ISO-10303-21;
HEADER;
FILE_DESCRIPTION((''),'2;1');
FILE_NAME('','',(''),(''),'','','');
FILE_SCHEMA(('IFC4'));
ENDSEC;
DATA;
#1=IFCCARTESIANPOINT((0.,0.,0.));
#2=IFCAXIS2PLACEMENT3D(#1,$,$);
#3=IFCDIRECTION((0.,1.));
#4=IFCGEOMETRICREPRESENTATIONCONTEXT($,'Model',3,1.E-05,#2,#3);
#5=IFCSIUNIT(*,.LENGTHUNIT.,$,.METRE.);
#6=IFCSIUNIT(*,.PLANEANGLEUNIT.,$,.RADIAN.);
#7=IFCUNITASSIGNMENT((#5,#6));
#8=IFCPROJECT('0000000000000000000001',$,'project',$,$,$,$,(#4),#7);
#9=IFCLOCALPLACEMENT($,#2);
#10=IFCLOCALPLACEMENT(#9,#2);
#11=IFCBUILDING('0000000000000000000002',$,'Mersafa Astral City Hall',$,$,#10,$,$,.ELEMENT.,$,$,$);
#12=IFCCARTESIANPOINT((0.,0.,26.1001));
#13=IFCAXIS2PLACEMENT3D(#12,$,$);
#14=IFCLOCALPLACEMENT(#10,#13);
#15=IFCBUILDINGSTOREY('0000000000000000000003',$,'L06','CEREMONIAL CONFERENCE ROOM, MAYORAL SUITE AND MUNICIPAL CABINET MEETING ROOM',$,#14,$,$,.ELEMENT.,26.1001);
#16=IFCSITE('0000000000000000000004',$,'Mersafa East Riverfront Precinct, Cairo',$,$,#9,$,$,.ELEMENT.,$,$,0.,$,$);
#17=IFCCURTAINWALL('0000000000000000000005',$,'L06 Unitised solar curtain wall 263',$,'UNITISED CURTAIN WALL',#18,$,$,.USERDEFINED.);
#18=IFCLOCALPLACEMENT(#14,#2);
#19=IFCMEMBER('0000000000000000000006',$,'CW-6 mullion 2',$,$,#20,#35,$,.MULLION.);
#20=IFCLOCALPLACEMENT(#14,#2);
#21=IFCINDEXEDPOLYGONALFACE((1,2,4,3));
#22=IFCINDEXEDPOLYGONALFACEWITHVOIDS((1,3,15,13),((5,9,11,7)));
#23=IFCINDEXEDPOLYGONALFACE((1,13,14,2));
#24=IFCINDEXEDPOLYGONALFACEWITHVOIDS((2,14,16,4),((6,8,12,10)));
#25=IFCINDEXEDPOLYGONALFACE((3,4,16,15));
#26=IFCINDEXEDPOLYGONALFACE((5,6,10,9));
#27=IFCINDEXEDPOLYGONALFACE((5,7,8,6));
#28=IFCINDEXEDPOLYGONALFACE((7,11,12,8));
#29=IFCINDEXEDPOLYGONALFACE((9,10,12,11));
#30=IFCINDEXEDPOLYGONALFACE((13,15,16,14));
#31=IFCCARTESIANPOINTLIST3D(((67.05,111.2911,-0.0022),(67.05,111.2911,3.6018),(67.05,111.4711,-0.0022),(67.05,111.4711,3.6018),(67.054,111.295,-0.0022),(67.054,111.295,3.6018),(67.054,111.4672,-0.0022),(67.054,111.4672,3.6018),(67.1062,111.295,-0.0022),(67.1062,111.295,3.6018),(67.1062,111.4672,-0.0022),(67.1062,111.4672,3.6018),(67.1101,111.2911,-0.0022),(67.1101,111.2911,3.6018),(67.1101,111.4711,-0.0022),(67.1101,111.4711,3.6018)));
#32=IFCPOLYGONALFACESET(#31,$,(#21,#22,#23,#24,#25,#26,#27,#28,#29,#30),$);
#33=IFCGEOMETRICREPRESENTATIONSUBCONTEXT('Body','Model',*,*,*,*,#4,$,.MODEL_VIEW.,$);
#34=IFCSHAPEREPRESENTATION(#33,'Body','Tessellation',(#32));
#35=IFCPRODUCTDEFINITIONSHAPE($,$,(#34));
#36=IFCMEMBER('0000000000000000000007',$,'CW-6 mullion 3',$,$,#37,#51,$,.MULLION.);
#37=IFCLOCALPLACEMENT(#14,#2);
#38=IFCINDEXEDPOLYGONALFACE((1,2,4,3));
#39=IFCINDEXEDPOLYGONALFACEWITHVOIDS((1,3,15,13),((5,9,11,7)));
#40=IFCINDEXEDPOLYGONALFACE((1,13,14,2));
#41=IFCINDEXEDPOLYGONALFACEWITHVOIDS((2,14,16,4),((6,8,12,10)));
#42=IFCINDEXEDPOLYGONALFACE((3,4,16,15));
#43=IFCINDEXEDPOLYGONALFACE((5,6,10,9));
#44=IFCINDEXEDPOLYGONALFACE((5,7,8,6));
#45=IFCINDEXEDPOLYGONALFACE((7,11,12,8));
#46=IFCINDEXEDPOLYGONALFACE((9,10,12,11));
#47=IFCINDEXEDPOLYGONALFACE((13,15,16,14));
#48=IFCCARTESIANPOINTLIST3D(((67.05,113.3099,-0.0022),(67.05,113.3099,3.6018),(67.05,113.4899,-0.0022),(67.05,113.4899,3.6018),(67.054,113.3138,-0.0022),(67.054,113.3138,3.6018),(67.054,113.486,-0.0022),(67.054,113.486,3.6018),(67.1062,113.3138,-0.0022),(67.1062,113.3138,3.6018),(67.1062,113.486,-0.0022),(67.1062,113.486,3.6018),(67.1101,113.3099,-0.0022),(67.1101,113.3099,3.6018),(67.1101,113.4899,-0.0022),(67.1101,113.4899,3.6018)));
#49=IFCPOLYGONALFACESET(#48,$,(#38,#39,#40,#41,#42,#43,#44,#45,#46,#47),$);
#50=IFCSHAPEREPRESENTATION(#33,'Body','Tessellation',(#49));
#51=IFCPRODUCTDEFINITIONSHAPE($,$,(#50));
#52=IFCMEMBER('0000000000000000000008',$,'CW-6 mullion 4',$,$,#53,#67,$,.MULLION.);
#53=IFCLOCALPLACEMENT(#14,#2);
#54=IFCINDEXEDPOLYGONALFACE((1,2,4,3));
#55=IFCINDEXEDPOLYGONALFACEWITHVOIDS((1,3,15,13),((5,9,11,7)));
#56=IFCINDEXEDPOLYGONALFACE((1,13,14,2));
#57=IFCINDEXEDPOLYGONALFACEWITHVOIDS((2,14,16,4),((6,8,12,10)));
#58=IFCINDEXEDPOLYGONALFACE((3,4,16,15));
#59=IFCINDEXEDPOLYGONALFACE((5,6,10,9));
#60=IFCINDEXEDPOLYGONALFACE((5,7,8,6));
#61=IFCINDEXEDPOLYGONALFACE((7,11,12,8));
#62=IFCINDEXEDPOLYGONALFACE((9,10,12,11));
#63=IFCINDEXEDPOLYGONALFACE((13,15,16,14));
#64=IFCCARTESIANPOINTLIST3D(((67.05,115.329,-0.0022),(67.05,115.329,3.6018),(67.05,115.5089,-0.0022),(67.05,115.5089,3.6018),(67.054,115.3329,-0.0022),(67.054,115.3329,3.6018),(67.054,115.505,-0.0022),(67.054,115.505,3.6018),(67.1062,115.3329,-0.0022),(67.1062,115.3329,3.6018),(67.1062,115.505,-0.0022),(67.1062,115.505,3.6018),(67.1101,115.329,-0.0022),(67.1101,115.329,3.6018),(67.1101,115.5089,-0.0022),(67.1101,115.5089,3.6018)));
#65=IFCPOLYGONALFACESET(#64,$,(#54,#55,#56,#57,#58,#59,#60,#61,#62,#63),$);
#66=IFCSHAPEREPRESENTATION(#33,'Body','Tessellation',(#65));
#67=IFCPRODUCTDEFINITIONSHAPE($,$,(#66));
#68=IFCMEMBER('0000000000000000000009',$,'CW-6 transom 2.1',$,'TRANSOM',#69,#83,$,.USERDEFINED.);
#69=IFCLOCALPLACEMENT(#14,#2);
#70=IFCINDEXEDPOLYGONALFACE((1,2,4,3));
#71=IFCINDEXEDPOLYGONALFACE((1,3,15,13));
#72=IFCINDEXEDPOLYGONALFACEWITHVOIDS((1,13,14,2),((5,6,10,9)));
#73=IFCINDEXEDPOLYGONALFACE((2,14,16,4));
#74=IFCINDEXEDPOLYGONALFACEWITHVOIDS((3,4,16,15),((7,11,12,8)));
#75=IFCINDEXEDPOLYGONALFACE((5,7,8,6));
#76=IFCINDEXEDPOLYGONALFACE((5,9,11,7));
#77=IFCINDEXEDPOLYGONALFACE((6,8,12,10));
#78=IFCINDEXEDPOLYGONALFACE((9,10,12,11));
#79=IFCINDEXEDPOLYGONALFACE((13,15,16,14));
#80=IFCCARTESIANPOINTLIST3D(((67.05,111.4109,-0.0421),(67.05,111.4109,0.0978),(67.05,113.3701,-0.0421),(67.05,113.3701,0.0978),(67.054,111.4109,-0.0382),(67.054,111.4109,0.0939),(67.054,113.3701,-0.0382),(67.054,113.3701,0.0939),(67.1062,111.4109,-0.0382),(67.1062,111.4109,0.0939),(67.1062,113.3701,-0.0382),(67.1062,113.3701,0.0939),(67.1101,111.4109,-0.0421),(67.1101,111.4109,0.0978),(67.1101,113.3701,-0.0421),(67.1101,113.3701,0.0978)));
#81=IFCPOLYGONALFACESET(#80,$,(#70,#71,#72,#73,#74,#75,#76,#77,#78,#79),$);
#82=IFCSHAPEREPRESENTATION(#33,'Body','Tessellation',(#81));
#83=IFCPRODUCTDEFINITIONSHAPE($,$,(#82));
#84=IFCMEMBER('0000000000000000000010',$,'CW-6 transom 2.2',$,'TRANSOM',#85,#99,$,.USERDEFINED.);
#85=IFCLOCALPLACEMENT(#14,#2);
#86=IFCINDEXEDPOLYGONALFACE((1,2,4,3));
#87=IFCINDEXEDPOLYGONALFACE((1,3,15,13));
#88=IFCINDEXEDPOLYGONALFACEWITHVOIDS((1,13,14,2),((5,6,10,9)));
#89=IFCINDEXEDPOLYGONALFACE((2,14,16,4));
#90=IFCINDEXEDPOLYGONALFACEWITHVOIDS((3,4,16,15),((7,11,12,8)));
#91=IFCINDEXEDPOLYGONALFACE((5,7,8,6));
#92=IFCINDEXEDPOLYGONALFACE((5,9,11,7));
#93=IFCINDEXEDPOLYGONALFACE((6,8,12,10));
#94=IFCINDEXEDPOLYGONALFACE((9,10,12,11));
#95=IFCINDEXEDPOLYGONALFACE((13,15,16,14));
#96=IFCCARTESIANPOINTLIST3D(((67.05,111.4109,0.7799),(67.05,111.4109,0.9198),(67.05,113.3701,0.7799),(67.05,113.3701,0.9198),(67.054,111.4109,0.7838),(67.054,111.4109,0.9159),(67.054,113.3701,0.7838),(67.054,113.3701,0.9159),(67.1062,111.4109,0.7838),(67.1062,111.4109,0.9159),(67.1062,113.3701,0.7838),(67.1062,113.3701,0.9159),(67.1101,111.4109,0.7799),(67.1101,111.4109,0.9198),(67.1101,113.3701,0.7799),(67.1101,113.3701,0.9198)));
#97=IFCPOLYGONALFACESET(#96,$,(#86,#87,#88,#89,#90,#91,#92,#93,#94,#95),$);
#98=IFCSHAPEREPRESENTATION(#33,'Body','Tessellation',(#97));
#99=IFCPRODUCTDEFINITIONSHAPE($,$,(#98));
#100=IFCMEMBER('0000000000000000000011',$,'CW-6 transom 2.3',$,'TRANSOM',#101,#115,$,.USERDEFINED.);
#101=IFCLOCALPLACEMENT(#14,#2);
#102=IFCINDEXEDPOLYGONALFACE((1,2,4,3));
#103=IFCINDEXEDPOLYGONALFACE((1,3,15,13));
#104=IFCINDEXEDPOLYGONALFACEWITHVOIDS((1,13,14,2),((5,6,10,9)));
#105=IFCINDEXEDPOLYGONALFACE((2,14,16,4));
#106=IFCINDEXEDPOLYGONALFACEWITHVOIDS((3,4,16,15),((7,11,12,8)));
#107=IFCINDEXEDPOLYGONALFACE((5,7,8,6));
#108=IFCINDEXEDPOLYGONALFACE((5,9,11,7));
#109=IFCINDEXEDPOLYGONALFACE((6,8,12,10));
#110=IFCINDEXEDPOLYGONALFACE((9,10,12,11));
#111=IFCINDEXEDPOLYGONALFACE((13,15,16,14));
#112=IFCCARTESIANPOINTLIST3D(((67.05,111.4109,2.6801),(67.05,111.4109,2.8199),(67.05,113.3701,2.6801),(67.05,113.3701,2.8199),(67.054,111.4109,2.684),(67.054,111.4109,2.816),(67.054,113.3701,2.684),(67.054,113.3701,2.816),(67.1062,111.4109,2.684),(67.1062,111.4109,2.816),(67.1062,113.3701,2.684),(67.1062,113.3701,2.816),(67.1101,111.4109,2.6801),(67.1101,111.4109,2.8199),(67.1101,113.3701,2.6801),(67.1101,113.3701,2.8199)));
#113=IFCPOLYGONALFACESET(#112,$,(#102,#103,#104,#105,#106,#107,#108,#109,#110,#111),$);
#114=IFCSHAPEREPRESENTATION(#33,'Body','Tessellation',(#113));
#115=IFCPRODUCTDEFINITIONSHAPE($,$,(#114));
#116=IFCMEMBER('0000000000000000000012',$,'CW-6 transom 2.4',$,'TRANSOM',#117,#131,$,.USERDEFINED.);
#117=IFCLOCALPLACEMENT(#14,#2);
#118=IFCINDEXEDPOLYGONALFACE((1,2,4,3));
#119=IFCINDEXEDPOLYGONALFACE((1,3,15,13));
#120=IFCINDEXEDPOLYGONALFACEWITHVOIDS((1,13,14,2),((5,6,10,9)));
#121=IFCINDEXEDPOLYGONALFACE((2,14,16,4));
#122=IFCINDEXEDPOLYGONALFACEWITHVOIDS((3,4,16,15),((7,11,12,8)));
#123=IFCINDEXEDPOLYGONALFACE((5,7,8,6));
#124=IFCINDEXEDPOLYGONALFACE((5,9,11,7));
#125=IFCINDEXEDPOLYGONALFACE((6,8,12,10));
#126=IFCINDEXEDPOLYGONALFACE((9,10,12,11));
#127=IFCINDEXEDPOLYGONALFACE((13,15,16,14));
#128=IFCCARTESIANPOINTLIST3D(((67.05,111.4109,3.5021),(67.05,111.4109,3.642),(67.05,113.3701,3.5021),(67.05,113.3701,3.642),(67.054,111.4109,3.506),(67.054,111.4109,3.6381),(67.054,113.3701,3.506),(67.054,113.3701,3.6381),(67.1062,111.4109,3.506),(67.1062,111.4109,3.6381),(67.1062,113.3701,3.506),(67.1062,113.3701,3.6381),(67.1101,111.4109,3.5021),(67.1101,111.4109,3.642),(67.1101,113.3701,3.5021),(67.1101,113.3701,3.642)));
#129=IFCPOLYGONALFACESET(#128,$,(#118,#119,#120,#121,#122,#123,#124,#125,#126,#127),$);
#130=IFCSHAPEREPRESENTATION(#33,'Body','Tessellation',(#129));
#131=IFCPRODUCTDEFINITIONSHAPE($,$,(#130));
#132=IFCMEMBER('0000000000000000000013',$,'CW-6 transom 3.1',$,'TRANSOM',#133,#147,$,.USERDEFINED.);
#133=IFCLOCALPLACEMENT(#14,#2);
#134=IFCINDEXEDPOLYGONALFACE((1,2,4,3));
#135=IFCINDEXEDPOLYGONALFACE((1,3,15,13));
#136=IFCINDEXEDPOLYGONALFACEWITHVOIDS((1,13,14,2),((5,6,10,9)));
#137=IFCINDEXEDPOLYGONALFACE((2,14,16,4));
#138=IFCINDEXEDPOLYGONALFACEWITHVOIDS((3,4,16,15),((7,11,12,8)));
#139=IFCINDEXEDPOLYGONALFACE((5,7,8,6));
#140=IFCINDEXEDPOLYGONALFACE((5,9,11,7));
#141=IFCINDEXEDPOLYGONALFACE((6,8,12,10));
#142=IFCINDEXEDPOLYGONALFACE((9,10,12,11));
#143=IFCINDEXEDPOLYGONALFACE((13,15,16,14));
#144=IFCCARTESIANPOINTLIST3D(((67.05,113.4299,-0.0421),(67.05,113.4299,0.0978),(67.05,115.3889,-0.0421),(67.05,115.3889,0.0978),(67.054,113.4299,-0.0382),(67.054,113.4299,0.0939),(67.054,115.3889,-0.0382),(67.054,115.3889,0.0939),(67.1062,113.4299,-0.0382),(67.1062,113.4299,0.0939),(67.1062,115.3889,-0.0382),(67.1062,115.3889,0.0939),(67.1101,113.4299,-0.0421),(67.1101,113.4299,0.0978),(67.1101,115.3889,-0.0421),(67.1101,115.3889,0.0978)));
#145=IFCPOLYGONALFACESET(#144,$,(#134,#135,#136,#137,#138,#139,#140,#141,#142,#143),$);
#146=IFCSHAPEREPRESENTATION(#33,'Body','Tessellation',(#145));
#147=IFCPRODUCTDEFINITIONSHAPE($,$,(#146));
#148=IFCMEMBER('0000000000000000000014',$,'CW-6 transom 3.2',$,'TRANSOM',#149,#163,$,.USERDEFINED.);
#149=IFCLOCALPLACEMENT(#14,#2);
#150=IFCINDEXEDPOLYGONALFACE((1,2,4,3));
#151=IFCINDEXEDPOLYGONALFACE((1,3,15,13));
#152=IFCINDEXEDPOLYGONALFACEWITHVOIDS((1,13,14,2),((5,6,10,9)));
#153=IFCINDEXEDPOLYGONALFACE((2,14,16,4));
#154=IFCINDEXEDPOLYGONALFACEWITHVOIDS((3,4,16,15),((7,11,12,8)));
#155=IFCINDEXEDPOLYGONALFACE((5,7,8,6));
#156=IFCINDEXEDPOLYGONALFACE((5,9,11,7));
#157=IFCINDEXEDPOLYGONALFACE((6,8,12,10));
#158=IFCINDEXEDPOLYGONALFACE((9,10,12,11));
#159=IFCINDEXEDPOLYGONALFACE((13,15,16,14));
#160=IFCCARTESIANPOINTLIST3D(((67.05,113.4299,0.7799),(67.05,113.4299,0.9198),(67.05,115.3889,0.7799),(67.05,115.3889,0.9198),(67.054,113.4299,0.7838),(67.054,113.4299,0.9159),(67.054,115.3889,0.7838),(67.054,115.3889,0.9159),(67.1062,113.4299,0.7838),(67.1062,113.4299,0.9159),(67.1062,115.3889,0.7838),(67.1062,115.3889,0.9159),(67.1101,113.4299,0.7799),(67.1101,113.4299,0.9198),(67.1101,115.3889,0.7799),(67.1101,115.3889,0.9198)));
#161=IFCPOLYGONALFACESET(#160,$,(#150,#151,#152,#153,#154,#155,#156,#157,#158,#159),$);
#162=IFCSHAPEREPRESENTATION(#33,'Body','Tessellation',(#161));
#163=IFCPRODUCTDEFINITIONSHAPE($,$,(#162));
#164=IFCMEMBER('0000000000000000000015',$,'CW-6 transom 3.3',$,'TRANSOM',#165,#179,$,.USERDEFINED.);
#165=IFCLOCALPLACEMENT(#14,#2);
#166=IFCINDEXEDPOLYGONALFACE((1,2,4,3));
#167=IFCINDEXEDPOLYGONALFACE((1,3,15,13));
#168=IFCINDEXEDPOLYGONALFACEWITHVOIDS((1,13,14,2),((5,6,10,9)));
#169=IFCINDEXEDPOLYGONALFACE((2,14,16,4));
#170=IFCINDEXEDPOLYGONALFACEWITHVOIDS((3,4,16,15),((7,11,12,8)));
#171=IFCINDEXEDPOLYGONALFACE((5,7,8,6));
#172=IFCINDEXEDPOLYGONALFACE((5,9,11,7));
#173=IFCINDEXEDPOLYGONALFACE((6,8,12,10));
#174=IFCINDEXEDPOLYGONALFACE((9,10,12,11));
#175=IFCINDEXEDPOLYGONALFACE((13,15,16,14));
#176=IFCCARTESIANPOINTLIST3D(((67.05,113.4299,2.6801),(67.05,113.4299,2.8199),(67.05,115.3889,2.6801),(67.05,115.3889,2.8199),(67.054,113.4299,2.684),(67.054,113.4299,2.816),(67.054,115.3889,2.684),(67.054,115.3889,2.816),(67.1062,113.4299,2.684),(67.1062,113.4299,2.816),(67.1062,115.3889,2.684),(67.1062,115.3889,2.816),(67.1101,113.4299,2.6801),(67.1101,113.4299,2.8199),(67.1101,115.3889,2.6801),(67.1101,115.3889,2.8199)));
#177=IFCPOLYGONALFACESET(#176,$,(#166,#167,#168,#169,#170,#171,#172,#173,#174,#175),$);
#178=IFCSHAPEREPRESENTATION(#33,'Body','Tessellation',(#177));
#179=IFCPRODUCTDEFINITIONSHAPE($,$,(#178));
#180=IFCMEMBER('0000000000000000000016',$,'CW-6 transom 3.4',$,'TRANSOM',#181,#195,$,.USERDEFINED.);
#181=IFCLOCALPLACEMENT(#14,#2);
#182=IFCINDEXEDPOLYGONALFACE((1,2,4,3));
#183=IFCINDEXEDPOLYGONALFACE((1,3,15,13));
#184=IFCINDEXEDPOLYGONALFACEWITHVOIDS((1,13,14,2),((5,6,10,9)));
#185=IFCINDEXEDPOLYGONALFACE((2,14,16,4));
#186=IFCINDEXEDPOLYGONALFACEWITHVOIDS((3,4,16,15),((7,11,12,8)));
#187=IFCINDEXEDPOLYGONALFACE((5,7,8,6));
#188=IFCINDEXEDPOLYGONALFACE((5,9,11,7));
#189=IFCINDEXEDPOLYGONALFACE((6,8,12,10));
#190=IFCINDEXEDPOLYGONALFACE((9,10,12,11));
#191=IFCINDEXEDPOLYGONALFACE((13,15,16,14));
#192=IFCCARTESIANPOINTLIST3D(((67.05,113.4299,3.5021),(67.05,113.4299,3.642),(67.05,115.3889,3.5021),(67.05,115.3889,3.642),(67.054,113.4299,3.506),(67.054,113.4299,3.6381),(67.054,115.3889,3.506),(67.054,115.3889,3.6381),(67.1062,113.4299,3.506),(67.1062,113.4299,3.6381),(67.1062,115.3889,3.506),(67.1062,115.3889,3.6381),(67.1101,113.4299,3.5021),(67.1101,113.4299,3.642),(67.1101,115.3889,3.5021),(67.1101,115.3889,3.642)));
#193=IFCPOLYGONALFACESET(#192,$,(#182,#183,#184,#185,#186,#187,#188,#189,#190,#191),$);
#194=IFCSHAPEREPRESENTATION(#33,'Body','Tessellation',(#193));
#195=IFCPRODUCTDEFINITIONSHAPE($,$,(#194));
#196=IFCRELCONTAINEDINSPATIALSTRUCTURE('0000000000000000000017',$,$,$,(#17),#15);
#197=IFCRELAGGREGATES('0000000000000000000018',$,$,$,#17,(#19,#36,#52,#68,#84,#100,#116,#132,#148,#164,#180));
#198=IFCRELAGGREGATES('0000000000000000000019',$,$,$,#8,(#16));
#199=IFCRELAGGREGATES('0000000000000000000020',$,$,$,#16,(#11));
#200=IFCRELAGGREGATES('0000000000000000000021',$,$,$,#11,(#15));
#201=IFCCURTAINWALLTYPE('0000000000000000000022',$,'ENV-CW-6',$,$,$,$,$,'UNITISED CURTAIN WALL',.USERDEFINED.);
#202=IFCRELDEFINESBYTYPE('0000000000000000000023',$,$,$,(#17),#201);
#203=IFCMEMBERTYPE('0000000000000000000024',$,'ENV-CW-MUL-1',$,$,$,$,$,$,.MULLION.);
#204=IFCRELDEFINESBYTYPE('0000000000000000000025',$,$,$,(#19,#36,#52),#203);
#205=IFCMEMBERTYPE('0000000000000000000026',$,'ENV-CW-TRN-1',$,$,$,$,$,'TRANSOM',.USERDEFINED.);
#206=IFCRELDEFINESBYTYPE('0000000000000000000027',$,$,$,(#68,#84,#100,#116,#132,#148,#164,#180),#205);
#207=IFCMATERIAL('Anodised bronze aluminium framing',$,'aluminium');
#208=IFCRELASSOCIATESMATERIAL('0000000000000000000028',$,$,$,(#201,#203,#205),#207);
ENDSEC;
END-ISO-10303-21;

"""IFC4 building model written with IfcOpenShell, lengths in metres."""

from ifc_helpers import new_model, si_unit, direction, frame, origin, origin_2d, place, context, subcontext, project, spatial, hollow_rectangle, extrude, material, material_profile, profile_set, type_object, element, aggregate, save


model = new_model("IFC4")

# Units and contexts
model_context = context("Model", 3, precision=1e-05, world=origin(), true_north=direction((0.0, 1.0)))
body_context = subcontext(model_context, "Body", "Model", "MODEL_VIEW")
ifc_project = project(units=[si_unit("LENGTHUNIT", "METRE"), si_unit("PLANEANGLEUNIT", "RADIAN")], contexts=[model_context])

# Site, building, storey
site_placement = place(None, origin())
site = spatial("IfcSite", under=ifc_project, at=site_placement, Name="Mersafa East Riverfront Precinct, Cairo", CompositionType="ELEMENT", RefElevation=0.0)
building_placement = place(site_placement, origin())
building = spatial("IfcBuilding", under=site, at=building_placement, Name="Mersafa Astral City Hall", CompositionType="ELEMENT")
storey_placement = place(building_placement, frame((0.0, 0.0, 26.1001)))
storey = spatial("IfcBuildingStorey", under=building, at=storey_placement, Name="L06", Description="CEREMONIAL CONFERENCE ROOM, MAYORAL SUITE AND MUNICIPAL CABINET MEETING ROOM", CompositionType="ELEMENT", Elevation=26.1001)

# Curtain wall, members
ifc_material_1 = material(Name="Anodised bronze aluminium framing", Category="aluminium")
curtain_wall_type = type_object("IfcCurtainWallType", Name="ENV-CW-6", ElementType="UNITISED CURTAIN WALL", PredefinedType="USERDEFINED", material=ifc_material_1)
curtain_wall_placement = place(storey_placement, origin())
curtain_wall = element("IfcCurtainWall", 1, at=curtain_wall_placement, inside=storey, type_object=curtain_wall_type, Name="L06 Unitised solar curtain wall 263", ObjectType="UNITISED CURTAIN WALL", PredefinedType="USERDEFINED")
ifc_material_profile_1 = material_profile(ifc_material_1, hollow_rectangle(XDim=0.0601, YDim=0.1799, WallThickness=0.0039, at=origin_2d()), Name="RHS 60x180x4")
ifc_profile_set_1 = profile_set([ifc_material_profile_1], Name="Anodised bronze aluminium framing")
member_type_1 = type_object("IfcMemberType", Name="ENV-CW-MUL-1", PredefinedType="MULLION", material=ifc_profile_set_1)
member_1_placement = place(storey_placement, frame((67.0801, 111.3811, -0.0022), z_axis=(0.0, 0.0, 1.0), x_axis=(-1.0, 0.0, 0.0)))
member_1 = element("IfcMember", 2, at=member_1_placement, type_object=member_type_1, Name="CW-6 mullion 2", PredefinedType="MULLION", context=body_context, shape_type="SweptSolid", body=[
    extrude(hollow_rectangle(XDim=0.0601, YDim=0.1799, WallThickness=0.0039, at=origin_2d()), origin(), (0.0, 0.0, 1.0), 3.604),
])
member_2_placement = place(storey_placement, frame((67.0801, 113.3999, -0.0022), z_axis=(0.0, 0.0, 1.0), x_axis=(-1.0, 0.0, 0.0)))
member_2 = element("IfcMember", 3, at=member_2_placement, type_object=member_type_1, Name="CW-6 mullion 3", PredefinedType="MULLION", context=body_context, shape_type="SweptSolid", body=[
    extrude(hollow_rectangle(XDim=0.0601, YDim=0.1799, WallThickness=0.0039, at=origin_2d()), origin(), (0.0, 0.0, 1.0), 3.604),
])
member_3_placement = place(storey_placement, frame((67.0801, 115.4189, -0.0022), z_axis=(0.0, 0.0, 1.0), x_axis=(-1.0, 0.0, 0.0)))
member_3 = element("IfcMember", 4, at=member_3_placement, type_object=member_type_1, Name="CW-6 mullion 4", PredefinedType="MULLION", context=body_context, shape_type="SweptSolid", body=[
    extrude(hollow_rectangle(XDim=0.0601, YDim=0.1799, WallThickness=0.0039, at=origin_2d()), origin(), (0.0, 0.0, 1.0), 3.604),
])
ifc_material_profile_2 = material_profile(ifc_material_1, hollow_rectangle(XDim=0.0601, YDim=0.1399, WallThickness=0.0039, at=origin_2d()), Name="RHS 60x140x4")
ifc_profile_set_2 = profile_set([ifc_material_profile_2], Name="Anodised bronze aluminium framing")
member_type_2 = type_object("IfcMemberType", Name="ENV-CW-TRN-1", ElementType="TRANSOM", PredefinedType="USERDEFINED", material=ifc_profile_set_2)
member_4_placement = place(storey_placement, frame((67.0801, 111.4109, 0.0278), z_axis=(0.0, 1.0, 0.0), x_axis=(-1.0, 0.0, 0.0)))
member_4 = element("IfcMember", 5, at=member_4_placement, type_object=member_type_2, Name="CW-6 transom 2.1", ObjectType="TRANSOM", PredefinedType="USERDEFINED", context=body_context, shape_type="SweptSolid", body=[
    extrude(hollow_rectangle(XDim=0.0601, YDim=0.1399, WallThickness=0.0039, at=origin_2d()), origin(), (0.0, 0.0, 1.0), 1.9592),
])
member_5_placement = place(storey_placement, frame((67.0801, 111.4109, 0.8499), z_axis=(0.0, 1.0, 0.0), x_axis=(-1.0, 0.0, 0.0)))
member_5 = element("IfcMember", 6, at=member_5_placement, type_object=member_type_2, Name="CW-6 transom 2.2", ObjectType="TRANSOM", PredefinedType="USERDEFINED", context=body_context, shape_type="SweptSolid", body=[
    extrude(hollow_rectangle(XDim=0.0601, YDim=0.1399, WallThickness=0.0039, at=origin_2d()), origin(), (0.0, 0.0, 1.0), 1.9592),
])
member_6_placement = place(storey_placement, frame((67.0801, 111.4109, 2.75), z_axis=(0.0, 1.0, 0.0), x_axis=(-1.0, 0.0, 0.0)))
member_6 = element("IfcMember", 7, at=member_6_placement, type_object=member_type_2, Name="CW-6 transom 2.3", ObjectType="TRANSOM", PredefinedType="USERDEFINED", context=body_context, shape_type="SweptSolid", body=[
    extrude(hollow_rectangle(XDim=0.0601, YDim=0.1399, WallThickness=0.0039, at=origin_2d()), origin(), (0.0, 0.0, 1.0), 1.9592),
])
member_7_placement = place(storey_placement, frame((67.0801, 111.4109, 3.572), z_axis=(0.0, 1.0, 0.0), x_axis=(-1.0, 0.0, 0.0)))
member_7 = element("IfcMember", 8, at=member_7_placement, type_object=member_type_2, Name="CW-6 transom 2.4", ObjectType="TRANSOM", PredefinedType="USERDEFINED", context=body_context, shape_type="SweptSolid", body=[
    extrude(hollow_rectangle(XDim=0.0601, YDim=0.1399, WallThickness=0.0039, at=origin_2d()), origin(), (0.0, 0.0, 1.0), 1.9592),
])
member_8_placement = place(storey_placement, frame((67.0801, 113.4299, 0.0278), z_axis=(0.0, 1.0, 0.0), x_axis=(-1.0, 0.0, 0.0)))
member_8 = element("IfcMember", 9, at=member_8_placement, type_object=member_type_2, Name="CW-6 transom 3.1", ObjectType="TRANSOM", PredefinedType="USERDEFINED", context=body_context, shape_type="SweptSolid", body=[
    extrude(hollow_rectangle(XDim=0.0601, YDim=0.1399, WallThickness=0.0039, at=origin_2d()), origin(), (0.0, 0.0, 1.0), 1.959),
])
member_9_placement = place(storey_placement, frame((67.0801, 113.4299, 0.8499), z_axis=(0.0, 1.0, 0.0), x_axis=(-1.0, 0.0, 0.0)))
member_9 = element("IfcMember", 10, at=member_9_placement, type_object=member_type_2, Name="CW-6 transom 3.2", ObjectType="TRANSOM", PredefinedType="USERDEFINED", context=body_context, shape_type="SweptSolid", body=[
    extrude(hollow_rectangle(XDim=0.0601, YDim=0.1399, WallThickness=0.0039, at=origin_2d()), origin(), (0.0, 0.0, 1.0), 1.959),
])
member_10_placement = place(storey_placement, frame((67.0801, 113.4299, 2.75), z_axis=(0.0, 1.0, 0.0), x_axis=(-1.0, 0.0, 0.0)))
member_10 = element("IfcMember", 11, at=member_10_placement, type_object=member_type_2, Name="CW-6 transom 3.3", ObjectType="TRANSOM", PredefinedType="USERDEFINED", context=body_context, shape_type="SweptSolid", body=[
    extrude(hollow_rectangle(XDim=0.0601, YDim=0.1399, WallThickness=0.0039, at=origin_2d()), origin(), (0.0, 0.0, 1.0), 1.959),
])
member_11_placement = place(storey_placement, frame((67.0801, 113.4299, 3.572), z_axis=(0.0, 1.0, 0.0), x_axis=(-1.0, 0.0, 0.0)))
member_11 = element("IfcMember", 12, at=member_11_placement, type_object=member_type_2, Name="CW-6 transom 3.4", ObjectType="TRANSOM", PredefinedType="USERDEFINED", context=body_context, shape_type="SweptSolid", body=[
    extrude(hollow_rectangle(XDim=0.0601, YDim=0.1399, WallThickness=0.0039, at=origin_2d()), origin(), (0.0, 0.0, 1.0), 1.959),
])
aggregate(curtain_wall, [member_1, member_2, member_3, member_4, member_5, member_6, member_7, member_8, member_9, member_10, member_11])

save(model, "model.ifc")
